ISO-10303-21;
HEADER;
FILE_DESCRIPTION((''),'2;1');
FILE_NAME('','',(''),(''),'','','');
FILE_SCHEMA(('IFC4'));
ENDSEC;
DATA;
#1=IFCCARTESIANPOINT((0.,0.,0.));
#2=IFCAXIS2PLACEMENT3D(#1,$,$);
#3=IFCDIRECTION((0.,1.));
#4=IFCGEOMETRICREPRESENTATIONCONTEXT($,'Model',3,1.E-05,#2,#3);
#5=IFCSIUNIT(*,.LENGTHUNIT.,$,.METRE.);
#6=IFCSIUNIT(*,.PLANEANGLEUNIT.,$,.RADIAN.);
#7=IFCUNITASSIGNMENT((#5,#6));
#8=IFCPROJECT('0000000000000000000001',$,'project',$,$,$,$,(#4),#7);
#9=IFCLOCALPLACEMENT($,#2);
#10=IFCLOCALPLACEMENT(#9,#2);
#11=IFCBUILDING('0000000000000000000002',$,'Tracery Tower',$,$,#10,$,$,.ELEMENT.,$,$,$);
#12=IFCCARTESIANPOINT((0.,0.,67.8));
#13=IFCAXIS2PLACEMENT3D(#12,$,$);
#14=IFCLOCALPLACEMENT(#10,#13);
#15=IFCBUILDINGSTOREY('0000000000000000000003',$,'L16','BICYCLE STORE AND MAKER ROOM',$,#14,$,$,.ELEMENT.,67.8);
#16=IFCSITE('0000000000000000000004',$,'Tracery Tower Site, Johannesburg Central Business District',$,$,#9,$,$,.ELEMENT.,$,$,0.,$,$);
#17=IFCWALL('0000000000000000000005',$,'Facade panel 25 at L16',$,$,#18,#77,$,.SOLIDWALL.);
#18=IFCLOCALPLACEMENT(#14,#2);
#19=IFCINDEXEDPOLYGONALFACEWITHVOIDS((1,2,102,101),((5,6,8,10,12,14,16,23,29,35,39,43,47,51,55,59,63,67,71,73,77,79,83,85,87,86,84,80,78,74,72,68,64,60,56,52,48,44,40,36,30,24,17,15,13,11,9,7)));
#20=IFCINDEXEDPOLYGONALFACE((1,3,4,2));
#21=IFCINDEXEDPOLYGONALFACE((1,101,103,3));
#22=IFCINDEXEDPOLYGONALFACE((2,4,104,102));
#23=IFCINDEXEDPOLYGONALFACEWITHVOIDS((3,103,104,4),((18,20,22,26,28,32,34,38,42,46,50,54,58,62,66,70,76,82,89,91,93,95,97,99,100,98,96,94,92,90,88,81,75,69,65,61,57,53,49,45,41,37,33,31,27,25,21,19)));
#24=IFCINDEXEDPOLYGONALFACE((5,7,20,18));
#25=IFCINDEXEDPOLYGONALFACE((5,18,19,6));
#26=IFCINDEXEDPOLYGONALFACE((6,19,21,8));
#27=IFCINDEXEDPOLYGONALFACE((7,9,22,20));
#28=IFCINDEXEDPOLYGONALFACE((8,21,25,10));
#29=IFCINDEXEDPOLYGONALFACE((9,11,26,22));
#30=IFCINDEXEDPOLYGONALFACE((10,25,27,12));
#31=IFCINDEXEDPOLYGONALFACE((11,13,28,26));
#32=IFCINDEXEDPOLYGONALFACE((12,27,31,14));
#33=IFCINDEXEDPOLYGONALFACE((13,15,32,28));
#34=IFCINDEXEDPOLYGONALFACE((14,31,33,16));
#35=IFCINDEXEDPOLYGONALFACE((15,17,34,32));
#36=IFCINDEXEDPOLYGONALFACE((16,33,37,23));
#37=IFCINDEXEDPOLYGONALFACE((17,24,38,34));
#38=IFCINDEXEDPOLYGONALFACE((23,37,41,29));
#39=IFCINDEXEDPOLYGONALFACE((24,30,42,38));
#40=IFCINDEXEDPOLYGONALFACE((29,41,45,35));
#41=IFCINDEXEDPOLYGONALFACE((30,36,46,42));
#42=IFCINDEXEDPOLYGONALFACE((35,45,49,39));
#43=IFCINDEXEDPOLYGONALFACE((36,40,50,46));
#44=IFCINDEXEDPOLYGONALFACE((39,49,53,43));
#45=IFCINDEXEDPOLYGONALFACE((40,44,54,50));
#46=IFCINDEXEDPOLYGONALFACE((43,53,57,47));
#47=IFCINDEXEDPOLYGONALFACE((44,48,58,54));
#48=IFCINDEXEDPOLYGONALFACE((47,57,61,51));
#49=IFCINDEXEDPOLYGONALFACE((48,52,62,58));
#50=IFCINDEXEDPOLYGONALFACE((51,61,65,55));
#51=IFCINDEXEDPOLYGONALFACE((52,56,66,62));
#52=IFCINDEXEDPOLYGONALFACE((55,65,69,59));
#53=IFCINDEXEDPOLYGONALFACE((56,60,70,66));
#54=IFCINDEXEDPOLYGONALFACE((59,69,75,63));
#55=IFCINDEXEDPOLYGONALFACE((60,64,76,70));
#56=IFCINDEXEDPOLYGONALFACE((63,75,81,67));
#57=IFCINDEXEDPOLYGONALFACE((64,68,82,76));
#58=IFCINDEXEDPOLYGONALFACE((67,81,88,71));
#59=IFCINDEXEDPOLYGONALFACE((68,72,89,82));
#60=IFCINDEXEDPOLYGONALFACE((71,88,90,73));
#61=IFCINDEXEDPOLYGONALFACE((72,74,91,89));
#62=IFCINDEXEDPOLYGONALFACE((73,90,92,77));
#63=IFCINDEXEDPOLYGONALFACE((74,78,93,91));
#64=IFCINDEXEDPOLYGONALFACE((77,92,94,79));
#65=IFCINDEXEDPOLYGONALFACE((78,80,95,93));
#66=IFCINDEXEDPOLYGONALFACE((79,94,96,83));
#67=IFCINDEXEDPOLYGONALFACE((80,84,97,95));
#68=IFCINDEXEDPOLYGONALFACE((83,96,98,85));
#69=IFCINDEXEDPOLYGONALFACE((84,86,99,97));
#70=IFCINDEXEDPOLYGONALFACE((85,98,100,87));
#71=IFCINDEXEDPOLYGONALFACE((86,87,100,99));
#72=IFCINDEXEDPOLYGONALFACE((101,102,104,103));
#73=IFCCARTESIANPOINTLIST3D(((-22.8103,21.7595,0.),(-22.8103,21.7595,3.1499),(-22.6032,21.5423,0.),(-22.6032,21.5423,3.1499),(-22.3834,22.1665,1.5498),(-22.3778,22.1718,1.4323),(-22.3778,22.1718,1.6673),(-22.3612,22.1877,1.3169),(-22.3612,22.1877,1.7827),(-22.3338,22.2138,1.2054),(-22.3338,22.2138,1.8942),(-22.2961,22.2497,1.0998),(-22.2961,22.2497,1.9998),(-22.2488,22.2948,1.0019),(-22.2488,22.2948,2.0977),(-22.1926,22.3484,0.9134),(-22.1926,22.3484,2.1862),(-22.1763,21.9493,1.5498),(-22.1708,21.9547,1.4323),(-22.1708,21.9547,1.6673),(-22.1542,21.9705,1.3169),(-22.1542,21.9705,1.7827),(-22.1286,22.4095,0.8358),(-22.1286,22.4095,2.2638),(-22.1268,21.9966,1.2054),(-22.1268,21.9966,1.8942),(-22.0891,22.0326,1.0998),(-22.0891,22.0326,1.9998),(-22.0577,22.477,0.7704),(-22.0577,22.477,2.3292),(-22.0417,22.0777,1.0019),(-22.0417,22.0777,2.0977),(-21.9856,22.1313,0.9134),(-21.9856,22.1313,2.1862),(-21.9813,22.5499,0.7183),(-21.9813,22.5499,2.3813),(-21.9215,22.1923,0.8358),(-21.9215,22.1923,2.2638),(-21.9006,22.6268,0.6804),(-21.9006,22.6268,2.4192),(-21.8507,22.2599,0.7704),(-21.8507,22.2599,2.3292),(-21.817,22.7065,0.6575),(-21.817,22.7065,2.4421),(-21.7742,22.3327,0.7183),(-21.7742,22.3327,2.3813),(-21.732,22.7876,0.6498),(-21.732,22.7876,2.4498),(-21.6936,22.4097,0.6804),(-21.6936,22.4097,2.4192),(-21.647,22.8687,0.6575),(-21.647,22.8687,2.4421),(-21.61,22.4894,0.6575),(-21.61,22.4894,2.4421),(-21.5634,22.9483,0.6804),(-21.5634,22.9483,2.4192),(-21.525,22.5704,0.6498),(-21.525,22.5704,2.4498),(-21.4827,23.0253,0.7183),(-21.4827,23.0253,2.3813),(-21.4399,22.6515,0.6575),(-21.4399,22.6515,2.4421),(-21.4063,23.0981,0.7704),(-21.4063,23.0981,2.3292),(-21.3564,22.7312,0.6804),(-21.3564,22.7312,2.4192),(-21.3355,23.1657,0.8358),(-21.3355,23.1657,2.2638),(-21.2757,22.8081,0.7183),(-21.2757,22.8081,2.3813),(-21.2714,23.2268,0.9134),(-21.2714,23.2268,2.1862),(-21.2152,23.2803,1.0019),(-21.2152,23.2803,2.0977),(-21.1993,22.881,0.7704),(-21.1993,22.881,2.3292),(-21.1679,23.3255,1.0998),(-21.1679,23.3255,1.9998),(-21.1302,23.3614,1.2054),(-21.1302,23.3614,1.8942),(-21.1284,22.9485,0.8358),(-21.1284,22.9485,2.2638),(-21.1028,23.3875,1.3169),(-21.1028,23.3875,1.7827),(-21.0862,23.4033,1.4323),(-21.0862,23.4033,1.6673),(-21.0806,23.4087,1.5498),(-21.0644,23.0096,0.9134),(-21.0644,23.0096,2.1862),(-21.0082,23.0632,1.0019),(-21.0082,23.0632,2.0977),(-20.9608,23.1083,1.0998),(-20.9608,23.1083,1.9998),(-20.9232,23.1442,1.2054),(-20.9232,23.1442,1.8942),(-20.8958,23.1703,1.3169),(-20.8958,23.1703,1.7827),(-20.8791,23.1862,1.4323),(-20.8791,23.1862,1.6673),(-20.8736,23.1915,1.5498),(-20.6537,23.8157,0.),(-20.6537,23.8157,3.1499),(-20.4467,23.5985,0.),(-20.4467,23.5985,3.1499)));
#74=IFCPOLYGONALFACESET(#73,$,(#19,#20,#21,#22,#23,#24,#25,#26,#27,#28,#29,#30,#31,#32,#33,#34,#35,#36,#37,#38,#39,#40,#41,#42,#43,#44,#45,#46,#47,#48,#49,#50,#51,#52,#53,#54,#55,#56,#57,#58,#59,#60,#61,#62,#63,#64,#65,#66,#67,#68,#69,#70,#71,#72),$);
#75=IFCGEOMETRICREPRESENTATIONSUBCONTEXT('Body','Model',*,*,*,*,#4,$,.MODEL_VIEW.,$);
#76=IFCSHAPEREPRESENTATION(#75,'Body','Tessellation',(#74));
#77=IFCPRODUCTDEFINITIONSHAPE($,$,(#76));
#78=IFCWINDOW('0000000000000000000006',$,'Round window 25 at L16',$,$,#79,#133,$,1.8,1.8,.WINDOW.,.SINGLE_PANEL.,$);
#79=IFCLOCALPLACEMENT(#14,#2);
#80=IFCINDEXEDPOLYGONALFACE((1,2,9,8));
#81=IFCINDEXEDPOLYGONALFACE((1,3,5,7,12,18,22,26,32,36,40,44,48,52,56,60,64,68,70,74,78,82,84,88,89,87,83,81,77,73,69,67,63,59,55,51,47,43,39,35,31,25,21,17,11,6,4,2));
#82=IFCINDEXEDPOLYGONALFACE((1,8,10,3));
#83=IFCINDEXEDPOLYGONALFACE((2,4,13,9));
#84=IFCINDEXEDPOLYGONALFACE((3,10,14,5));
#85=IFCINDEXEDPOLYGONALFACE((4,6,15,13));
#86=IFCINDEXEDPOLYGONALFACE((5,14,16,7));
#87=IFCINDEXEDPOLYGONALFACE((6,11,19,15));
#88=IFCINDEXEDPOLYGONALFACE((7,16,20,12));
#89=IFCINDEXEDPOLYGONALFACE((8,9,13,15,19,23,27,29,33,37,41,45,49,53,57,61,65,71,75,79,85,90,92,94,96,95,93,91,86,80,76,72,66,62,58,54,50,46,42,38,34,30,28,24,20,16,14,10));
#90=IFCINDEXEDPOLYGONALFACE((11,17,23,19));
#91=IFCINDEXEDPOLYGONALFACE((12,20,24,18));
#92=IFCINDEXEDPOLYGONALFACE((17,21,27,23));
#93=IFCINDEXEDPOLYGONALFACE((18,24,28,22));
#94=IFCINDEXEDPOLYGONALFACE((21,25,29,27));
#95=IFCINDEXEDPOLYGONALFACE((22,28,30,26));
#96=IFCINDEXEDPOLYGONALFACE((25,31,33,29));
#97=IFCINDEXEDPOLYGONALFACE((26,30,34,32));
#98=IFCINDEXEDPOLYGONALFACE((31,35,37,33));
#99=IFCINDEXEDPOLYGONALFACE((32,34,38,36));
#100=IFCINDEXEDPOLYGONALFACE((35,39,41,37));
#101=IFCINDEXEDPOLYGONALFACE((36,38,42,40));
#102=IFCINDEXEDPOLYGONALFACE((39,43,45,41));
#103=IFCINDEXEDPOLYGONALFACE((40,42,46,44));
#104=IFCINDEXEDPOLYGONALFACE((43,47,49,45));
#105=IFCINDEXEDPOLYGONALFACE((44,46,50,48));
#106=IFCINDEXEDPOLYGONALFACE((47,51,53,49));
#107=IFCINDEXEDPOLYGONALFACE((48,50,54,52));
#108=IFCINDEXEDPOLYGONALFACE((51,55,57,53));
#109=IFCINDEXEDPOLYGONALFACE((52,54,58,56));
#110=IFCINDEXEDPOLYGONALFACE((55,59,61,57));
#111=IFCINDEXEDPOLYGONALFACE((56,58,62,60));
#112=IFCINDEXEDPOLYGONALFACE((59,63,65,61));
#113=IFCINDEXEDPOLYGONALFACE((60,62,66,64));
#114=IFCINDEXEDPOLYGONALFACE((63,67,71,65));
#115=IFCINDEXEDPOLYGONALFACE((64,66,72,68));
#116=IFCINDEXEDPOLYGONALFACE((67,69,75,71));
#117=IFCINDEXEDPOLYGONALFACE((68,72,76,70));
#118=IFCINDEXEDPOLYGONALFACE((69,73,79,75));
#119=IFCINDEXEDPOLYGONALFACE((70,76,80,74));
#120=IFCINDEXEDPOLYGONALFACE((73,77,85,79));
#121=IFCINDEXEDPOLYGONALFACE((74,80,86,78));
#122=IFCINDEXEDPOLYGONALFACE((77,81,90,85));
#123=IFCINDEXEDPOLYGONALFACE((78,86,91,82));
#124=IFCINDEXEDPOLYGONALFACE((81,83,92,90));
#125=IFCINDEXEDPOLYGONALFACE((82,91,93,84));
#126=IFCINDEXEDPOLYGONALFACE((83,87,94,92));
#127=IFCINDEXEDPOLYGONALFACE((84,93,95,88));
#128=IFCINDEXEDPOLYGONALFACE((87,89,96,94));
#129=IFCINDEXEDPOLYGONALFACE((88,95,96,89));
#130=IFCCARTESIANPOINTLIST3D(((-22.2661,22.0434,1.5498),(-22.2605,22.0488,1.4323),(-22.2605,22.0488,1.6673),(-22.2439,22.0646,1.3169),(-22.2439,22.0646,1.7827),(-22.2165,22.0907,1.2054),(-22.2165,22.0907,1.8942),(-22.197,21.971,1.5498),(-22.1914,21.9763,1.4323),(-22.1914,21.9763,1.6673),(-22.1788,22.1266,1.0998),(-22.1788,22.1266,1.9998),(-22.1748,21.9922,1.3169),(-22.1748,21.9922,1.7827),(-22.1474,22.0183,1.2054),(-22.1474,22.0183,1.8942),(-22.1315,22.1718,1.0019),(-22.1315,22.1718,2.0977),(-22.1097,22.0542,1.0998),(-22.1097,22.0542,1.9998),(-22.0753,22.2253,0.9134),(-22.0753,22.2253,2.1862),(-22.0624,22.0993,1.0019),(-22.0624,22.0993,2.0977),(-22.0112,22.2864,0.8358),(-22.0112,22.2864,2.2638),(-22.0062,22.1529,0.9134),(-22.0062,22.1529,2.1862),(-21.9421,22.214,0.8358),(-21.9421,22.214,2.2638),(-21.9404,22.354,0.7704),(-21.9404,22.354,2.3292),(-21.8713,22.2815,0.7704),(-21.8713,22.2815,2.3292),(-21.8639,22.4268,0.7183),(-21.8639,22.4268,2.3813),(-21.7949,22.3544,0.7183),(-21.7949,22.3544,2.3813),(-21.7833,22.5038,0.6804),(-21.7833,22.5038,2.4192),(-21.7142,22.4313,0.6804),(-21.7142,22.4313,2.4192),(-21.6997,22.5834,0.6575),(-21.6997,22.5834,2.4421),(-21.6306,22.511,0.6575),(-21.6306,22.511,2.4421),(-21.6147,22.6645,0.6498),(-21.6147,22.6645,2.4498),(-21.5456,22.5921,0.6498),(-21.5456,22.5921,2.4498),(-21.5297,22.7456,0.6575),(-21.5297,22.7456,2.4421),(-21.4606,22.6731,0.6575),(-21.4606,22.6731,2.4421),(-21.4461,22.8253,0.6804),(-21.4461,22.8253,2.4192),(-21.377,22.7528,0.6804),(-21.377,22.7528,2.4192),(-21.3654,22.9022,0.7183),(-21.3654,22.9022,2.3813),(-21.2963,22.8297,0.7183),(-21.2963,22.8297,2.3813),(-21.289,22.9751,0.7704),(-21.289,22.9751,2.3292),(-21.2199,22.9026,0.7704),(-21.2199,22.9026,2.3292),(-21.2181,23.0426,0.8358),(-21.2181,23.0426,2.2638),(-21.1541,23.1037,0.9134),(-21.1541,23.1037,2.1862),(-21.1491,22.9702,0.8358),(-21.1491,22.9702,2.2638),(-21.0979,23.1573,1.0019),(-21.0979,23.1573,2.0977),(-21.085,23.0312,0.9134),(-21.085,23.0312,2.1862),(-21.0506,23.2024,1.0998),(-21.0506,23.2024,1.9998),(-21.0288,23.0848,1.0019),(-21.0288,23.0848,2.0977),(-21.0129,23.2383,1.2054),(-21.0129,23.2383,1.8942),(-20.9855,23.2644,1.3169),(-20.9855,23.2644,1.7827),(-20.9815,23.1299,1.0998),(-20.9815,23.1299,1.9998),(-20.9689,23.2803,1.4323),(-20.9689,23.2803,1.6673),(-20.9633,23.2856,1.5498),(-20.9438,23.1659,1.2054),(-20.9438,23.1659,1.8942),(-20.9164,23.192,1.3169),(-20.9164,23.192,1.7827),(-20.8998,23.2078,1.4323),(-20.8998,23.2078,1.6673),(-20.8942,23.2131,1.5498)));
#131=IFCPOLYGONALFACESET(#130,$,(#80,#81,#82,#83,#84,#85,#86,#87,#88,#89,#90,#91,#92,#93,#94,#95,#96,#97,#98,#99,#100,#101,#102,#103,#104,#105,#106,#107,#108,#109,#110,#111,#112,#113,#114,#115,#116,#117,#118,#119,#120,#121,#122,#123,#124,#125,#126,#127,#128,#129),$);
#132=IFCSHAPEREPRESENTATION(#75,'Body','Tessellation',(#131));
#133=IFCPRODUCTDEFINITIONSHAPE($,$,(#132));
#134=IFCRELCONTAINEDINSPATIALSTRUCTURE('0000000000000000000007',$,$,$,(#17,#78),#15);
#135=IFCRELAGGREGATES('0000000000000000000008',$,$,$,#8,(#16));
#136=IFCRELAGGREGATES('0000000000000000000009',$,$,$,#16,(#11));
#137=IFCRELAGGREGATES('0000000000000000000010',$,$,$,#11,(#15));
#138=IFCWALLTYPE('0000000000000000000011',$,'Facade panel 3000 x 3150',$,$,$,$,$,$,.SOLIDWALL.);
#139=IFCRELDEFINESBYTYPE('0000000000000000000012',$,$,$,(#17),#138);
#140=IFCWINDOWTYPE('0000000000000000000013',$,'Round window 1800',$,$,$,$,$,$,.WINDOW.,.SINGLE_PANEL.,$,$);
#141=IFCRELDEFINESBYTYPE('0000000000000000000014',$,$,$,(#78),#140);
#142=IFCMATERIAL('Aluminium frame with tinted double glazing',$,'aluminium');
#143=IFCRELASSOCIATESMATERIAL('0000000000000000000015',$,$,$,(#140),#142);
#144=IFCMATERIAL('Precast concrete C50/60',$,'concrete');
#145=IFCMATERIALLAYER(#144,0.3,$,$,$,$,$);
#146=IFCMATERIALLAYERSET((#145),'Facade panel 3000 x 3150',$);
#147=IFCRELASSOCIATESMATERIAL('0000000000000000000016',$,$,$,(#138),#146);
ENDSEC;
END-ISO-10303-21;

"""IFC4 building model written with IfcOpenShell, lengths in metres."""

from ifc_helpers import new_model, si_unit, direction, frame, frame_2d, origin, origin_2d, place, context, subcontext, project, spatial, rectangle, circle, extrude, material, layer, layer_set, type_object, element, fill, save


model = new_model("IFC4")

# Units and contexts
model_context = context("Model", 3, precision=1e-05, world=origin(), true_north=direction((0.0, 1.0)))
body_context = subcontext(model_context, "Body", "Model", "MODEL_VIEW")
ifc_project = project(units=[si_unit("LENGTHUNIT", "METRE"), si_unit("PLANEANGLEUNIT", "RADIAN")], contexts=[model_context])

# Site, building, storey
site_placement = place(None, origin())
site = spatial("IfcSite", under=ifc_project, at=site_placement, Name="Tracery Tower Site, Johannesburg Central Business District", CompositionType="ELEMENT", RefElevation=0.0)
building_placement = place(site_placement, origin())
building = spatial("IfcBuilding", under=site, at=building_placement, Name="Tracery Tower", CompositionType="ELEMENT")
storey_placement = place(building_placement, frame((0.0, 0.0, 67.8)))
storey = spatial("IfcBuildingStorey", under=building, at=storey_placement, Name="L16", Description="BICYCLE STORE AND MAKER ROOM", CompositionType="ELEMENT", Elevation=67.8)

# Wall, opening, window
ifc_material_1 = material(Name="Aluminium frame with tinted double glazing", Category="aluminium")
window_type = type_object("IfcWindowType", Name="Round window 1800", PartitioningType="SINGLE_PANEL", PredefinedType="WINDOW", material=ifc_material_1)
ifc_material_2 = material(Name="Precast concrete C50/60", Category="concrete")
ifc_layer_1 = layer(ifc_material_2, 0.3)
ifc_layer_set_1 = layer_set([ifc_layer_1], Name="Facade panel 3000 x 3150")
wall_type_1 = type_object("IfcWallType", Name="Facade panel 3000 x 3150", PredefinedType="SOLIDWALL", material=ifc_layer_set_1)
wall_1_placement = place(storey_placement, frame((-20.5503, 23.707, 0.0), z_axis=(0.0, 0.0, 1.0), x_axis=(-0.723744, -0.690068, 0.0)))
wall_1 = element("IfcWall", 1, at=wall_1_placement, inside=storey, type_object=wall_type_1, Name="Facade panel 25 at L16", PredefinedType="SOLIDWALL", context=body_context, shape_type="SweptSolid", body=[
    extrude(rectangle(XDim=2.9797, YDim=0.3, at=frame_2d((1.4897, 0.0))), origin(), (0.0, 0.0, 1.0), 3.1499),
])
opening_1_placement = place(wall_1_placement, frame((1.4897, 0.0, 1.5498)))
opening_1 = element("IfcOpeningElement", 2, at=opening_1_placement, cuts=wall_1, PredefinedType="OPENING", context=body_context, shape_type="SweptSolid", body=[
    extrude(circle(Radius=0.9, at=origin_2d()), frame((0.0, 0.1599, 0.0), z_axis=(0.0, -1.0, 0.0), x_axis=(1.0, 0.0, 0.0)), (0.0, 0.0, 1.0), 0.3201),
])
window_1_placement = place(opening_1_placement, origin())
window_1 = element("IfcWindow", 3, at=window_1_placement, inside=storey, type_object=window_type, Name="Round window 25 at L16", OverallHeight=1.8, OverallWidth=1.8, PartitioningType="SINGLE_PANEL", PredefinedType="WINDOW", context=body_context, shape_type="SweptSolid", body=[
    extrude(circle(Radius=0.9, at=origin_2d()), frame((0.0, 0.1201, 0.0), z_axis=(0.0, -1.0, 0.0), x_axis=(1.0, 0.0, 0.0)), (0.0, 0.0, 1.0), 0.1001),
])
fill(opening_1, window_1)

save(model, "model.ifc")
